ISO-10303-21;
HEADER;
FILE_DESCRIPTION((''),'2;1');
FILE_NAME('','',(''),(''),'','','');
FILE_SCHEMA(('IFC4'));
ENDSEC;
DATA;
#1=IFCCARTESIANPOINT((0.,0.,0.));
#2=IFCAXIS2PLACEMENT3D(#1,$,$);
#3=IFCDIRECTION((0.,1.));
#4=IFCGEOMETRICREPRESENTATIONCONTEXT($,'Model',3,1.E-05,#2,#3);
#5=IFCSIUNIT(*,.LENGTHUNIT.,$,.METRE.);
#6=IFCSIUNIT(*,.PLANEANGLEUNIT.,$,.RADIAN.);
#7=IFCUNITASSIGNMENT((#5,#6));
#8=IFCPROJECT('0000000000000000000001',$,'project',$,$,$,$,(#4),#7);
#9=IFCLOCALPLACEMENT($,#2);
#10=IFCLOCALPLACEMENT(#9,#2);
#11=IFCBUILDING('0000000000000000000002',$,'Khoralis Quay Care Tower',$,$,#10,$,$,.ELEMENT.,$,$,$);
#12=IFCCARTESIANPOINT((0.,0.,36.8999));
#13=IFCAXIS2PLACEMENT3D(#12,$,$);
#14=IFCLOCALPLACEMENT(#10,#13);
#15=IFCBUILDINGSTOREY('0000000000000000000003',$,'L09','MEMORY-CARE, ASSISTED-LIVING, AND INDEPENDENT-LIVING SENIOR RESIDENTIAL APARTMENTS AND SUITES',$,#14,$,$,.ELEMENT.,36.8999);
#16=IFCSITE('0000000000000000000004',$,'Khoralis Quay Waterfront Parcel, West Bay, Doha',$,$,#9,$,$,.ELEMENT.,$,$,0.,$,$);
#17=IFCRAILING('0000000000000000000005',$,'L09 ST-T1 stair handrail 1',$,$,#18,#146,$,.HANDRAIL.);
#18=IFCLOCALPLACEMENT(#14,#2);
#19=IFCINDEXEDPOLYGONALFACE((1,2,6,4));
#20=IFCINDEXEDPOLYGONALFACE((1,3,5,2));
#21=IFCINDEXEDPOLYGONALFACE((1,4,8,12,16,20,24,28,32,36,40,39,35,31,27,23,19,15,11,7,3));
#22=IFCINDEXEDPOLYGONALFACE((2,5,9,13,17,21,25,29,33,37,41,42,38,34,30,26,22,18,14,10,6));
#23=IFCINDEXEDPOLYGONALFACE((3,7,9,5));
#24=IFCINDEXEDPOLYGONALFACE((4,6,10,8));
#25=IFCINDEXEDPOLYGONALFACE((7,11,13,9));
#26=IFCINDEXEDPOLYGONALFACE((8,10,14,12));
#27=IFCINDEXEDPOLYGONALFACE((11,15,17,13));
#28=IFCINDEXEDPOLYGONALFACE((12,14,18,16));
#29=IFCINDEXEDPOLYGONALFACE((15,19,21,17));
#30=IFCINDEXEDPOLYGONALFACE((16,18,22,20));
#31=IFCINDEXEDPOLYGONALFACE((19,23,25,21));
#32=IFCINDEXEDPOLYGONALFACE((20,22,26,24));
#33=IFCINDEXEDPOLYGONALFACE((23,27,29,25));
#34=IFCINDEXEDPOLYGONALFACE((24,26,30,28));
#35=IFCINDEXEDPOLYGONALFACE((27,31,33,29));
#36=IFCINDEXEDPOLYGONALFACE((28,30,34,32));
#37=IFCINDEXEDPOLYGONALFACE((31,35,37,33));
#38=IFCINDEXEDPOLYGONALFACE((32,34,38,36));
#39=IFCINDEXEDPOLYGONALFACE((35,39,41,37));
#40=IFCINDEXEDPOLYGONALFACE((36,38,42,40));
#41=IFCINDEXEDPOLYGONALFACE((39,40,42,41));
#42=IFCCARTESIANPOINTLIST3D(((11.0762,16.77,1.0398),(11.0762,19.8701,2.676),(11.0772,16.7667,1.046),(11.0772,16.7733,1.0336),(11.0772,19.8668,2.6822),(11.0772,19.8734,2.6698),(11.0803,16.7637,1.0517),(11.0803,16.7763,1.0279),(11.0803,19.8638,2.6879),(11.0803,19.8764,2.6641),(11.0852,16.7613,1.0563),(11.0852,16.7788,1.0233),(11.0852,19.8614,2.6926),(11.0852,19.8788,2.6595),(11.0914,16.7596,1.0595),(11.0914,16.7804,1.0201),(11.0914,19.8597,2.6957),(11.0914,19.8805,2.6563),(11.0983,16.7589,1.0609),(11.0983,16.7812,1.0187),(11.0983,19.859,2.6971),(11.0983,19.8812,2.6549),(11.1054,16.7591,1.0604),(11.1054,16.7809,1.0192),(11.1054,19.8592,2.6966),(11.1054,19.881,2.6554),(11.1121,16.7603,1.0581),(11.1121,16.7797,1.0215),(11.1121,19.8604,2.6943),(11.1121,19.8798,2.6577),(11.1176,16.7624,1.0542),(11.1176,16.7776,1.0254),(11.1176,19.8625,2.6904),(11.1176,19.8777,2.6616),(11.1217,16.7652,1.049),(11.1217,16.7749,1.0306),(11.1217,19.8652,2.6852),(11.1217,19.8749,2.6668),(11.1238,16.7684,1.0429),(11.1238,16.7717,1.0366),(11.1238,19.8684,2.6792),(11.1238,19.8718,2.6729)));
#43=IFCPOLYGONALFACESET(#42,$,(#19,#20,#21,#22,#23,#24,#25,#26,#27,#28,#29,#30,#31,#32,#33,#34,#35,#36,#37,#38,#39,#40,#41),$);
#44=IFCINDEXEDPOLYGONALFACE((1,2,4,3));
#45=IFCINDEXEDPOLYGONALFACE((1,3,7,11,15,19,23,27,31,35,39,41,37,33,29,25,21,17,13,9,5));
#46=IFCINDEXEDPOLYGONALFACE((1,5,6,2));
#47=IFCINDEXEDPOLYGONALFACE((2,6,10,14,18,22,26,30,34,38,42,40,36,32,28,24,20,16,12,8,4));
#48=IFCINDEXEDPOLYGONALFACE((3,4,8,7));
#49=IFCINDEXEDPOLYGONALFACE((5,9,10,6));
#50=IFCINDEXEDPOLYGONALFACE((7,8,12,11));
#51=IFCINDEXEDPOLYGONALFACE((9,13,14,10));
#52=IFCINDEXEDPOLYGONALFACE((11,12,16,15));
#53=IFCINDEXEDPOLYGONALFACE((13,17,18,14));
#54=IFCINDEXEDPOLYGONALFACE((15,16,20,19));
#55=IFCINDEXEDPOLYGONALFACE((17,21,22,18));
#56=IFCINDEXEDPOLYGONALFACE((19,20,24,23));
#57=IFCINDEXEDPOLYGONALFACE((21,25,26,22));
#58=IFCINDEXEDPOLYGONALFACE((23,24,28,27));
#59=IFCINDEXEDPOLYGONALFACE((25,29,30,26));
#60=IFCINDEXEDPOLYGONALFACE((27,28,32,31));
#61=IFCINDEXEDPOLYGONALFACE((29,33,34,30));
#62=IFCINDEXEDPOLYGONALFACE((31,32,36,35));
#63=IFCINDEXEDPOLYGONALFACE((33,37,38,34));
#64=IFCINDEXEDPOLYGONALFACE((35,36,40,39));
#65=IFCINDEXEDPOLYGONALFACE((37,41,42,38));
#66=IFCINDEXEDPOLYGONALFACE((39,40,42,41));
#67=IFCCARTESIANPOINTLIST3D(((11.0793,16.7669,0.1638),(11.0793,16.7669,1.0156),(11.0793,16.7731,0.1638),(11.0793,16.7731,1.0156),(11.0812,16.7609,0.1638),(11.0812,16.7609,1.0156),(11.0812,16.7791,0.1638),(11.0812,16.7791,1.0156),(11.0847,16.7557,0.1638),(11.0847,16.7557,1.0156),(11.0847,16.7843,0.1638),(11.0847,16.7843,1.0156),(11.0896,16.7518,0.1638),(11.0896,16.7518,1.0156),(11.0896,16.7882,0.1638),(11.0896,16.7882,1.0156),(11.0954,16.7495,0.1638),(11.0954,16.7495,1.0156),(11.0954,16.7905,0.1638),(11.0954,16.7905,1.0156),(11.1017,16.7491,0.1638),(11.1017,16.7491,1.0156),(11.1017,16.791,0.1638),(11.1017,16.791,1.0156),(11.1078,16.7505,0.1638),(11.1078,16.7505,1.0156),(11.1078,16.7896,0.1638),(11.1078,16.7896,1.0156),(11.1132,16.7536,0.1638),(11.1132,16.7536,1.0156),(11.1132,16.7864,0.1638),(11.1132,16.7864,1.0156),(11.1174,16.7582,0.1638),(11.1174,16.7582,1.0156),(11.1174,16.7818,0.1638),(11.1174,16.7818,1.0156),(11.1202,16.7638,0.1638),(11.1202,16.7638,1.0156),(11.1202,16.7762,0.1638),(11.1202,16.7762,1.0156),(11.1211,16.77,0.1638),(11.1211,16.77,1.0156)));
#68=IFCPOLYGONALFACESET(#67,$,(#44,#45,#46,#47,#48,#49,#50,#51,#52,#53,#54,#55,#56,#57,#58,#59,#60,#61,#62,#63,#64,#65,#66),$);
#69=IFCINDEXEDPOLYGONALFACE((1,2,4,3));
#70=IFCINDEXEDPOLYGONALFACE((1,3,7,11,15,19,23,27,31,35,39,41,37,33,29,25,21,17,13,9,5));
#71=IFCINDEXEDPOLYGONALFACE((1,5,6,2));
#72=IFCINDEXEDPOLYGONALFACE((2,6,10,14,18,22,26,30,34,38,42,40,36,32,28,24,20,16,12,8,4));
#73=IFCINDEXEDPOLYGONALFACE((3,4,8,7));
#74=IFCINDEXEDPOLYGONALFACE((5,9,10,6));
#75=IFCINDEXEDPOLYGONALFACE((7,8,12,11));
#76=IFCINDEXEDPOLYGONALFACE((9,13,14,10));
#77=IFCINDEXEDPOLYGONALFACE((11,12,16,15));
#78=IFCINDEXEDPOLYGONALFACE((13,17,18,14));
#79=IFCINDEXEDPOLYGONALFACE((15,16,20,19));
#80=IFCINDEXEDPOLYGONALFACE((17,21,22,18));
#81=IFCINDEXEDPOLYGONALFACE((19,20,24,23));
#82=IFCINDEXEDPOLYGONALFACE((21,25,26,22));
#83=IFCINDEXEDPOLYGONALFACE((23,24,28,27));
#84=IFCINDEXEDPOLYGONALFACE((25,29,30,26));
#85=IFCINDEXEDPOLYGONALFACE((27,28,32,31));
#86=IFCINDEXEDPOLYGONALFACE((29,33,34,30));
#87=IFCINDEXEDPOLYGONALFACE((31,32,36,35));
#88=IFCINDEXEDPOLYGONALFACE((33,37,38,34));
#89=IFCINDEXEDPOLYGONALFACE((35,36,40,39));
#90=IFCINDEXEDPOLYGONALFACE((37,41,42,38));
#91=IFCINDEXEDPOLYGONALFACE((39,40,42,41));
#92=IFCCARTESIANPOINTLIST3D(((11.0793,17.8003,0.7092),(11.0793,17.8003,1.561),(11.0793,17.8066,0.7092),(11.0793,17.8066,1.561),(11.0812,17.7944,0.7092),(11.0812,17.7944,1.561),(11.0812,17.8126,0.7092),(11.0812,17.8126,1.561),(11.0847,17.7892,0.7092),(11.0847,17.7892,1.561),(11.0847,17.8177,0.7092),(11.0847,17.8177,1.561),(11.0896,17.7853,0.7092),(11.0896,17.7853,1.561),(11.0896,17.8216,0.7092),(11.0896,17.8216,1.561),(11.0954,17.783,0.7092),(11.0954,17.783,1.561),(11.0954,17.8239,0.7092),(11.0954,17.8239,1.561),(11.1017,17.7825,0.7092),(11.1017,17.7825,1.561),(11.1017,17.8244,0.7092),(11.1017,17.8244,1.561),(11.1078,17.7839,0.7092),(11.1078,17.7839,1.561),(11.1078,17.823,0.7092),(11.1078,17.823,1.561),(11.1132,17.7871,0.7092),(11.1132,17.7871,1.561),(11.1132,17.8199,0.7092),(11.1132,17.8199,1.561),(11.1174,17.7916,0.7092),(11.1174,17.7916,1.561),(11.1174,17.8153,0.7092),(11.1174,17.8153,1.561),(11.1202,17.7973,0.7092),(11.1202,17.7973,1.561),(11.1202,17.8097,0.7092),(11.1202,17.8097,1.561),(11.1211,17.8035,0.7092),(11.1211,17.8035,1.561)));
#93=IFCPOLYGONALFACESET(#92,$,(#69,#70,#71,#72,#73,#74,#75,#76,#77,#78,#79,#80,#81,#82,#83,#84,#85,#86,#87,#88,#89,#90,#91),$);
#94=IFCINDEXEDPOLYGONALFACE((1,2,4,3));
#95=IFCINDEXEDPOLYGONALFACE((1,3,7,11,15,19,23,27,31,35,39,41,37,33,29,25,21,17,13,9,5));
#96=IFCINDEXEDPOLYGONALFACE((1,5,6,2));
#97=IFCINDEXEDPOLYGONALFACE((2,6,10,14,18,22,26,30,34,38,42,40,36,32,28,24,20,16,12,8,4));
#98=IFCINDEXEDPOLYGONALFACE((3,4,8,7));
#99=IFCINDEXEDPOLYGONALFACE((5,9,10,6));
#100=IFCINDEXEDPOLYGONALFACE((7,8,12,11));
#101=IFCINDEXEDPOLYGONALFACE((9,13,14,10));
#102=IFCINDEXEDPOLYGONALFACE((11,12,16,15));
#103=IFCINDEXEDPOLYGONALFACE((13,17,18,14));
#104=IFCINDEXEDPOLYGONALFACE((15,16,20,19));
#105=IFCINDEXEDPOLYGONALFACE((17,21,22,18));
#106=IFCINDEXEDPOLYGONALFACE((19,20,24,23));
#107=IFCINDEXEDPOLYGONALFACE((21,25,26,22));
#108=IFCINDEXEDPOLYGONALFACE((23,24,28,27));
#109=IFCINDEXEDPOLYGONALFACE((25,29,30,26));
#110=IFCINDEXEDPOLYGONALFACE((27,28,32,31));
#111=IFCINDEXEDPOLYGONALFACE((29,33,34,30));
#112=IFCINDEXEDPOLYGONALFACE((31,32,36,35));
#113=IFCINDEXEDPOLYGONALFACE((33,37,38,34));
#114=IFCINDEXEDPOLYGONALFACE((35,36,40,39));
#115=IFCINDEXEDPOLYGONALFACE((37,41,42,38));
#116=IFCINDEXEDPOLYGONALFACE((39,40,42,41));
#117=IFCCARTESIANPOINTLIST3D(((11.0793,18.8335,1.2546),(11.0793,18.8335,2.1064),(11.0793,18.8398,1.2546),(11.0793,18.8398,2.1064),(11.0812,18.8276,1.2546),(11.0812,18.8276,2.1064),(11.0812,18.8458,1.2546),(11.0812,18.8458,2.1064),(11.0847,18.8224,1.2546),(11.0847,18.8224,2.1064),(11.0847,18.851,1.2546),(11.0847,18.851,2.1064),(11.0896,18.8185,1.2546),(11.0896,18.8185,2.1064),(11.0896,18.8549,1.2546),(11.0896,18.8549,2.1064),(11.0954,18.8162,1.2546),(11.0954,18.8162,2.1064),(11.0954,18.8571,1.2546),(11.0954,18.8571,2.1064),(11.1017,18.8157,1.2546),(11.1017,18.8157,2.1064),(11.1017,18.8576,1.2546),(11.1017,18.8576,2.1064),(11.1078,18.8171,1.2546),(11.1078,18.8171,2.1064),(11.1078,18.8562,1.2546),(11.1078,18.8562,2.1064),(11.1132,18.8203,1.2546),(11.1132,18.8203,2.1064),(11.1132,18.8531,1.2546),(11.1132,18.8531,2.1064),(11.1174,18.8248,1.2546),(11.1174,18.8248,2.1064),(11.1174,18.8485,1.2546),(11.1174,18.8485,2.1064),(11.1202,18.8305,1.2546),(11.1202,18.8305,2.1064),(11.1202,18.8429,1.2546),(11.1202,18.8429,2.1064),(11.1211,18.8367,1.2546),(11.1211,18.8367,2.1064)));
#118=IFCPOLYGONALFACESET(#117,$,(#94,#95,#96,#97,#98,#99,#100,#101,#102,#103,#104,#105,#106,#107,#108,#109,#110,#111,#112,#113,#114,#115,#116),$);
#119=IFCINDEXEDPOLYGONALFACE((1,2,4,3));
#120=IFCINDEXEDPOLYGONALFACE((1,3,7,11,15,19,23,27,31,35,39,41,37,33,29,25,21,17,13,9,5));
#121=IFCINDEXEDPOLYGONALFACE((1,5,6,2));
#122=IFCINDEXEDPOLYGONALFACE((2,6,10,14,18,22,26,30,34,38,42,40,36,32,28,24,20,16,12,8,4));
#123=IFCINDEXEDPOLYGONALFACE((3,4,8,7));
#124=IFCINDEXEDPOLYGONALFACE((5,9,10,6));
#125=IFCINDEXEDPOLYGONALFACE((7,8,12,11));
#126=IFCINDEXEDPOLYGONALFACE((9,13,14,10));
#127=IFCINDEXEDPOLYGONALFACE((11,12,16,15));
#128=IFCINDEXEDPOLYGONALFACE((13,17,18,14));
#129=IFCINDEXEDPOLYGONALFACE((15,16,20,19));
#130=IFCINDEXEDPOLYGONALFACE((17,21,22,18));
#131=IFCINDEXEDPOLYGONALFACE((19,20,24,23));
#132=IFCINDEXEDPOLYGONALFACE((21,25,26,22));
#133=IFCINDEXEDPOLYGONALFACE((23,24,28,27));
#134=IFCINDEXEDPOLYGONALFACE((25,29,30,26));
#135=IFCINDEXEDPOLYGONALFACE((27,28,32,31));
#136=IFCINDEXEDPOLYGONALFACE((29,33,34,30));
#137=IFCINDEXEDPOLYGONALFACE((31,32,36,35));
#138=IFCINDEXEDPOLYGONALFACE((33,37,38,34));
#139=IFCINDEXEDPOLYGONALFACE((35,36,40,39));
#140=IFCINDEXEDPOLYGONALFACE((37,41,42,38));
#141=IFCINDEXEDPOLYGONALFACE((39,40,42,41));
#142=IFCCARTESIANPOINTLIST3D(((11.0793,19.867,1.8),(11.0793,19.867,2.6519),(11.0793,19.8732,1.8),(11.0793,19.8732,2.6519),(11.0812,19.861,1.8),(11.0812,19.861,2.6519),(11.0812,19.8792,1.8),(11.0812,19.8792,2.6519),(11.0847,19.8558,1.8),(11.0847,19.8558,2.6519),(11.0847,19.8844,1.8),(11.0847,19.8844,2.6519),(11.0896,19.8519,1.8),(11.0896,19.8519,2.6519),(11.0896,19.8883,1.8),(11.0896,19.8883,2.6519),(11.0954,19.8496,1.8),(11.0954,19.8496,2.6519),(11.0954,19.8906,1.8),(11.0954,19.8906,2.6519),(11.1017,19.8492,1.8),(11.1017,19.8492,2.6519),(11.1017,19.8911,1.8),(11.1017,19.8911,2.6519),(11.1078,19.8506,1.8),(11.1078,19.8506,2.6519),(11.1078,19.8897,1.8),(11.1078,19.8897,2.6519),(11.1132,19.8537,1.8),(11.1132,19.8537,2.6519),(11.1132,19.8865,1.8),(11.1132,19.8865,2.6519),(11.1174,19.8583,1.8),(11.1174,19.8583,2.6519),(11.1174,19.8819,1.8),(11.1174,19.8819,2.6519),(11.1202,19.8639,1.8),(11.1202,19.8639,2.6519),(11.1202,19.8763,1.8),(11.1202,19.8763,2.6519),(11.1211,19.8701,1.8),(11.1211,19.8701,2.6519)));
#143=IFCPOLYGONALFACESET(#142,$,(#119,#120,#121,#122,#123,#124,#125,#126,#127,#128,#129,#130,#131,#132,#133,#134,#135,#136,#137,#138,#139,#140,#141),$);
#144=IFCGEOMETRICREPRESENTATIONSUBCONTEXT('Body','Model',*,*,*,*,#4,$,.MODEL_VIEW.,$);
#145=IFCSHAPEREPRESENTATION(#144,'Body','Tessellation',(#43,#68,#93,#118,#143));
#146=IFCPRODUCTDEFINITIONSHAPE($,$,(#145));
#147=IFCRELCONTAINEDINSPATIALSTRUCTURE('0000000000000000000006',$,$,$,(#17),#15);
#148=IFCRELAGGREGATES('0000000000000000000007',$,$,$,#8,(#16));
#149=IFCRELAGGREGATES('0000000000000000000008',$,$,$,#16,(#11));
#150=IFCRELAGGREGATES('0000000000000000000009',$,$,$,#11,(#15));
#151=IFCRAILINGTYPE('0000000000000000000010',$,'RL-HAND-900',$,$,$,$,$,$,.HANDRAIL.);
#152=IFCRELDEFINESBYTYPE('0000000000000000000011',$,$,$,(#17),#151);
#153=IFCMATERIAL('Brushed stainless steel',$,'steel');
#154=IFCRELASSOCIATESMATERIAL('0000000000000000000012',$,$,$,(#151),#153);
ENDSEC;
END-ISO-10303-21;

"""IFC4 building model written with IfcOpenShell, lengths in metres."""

from ifc_helpers import new_model, si_unit, direction, frame, origin, origin_2d, place, context, subcontext, project, spatial, circle, extrude, material, type_object, element, save


model = new_model("IFC4")

# Units and contexts
model_context = context("Model", 3, precision=1e-05, world=origin(), true_north=direction((0.0, 1.0)))
body_context = subcontext(model_context, "Body", "Model", "MODEL_VIEW")
ifc_project = project(units=[si_unit("LENGTHUNIT", "METRE"), si_unit("PLANEANGLEUNIT", "RADIAN")], contexts=[model_context])

# Site, building, storey
site_placement = place(None, origin())
site = spatial("IfcSite", under=ifc_project, at=site_placement, Name="Khoralis Quay Waterfront Parcel, West Bay, Doha", CompositionType="ELEMENT", RefElevation=0.0)
building_placement = place(site_placement, origin())
building = spatial("IfcBuilding", under=site, at=building_placement, Name="Khoralis Quay Care Tower", CompositionType="ELEMENT")
storey_placement = place(building_placement, frame((0.0, 0.0, 36.8999)))
storey = spatial("IfcBuildingStorey", under=building, at=storey_placement, Name="L09", Description="MEMORY-CARE, ASSISTED-LIVING, AND INDEPENDENT-LIVING SENIOR RESIDENTIAL APARTMENTS AND SUITES", CompositionType="ELEMENT", Elevation=36.8999)

# Shared definitions
ifc_material_1 = material(Name="Brushed stainless steel", Category="steel")

# Railing
railing_type_1 = type_object("IfcRailingType", Name="RL-HAND-900", PredefinedType="HANDRAIL", material=ifc_material_1)
railing_1_placement = place(storey_placement, frame((11.1001, 16.77, 0.1638)))
element("IfcRailing", 1, at=railing_1_placement, inside=storey, type_object=railing_type_1, Name="L09 ST-T1 stair handrail 1", PredefinedType="HANDRAIL", context=body_context, shape_type="SweptSolid", body=[
    extrude(circle(Radius=0.0239, at=origin_2d()), frame((0.0, 0.0, 0.876), z_axis=(0.0, 0.884377, 0.466774), x_axis=(-1.0, 0.0, 0.0)), (0.0, 0.0, 1.0), 3.5054),
    extrude(circle(Radius=0.021, at=origin_2d()), origin(), (0.0, 0.0, 1.0), 0.8518),
    extrude(circle(Radius=0.021, at=origin_2d()), frame((0.0, 1.0334, 0.5454)), (0.0, 0.0, 1.0), 0.8518),
    extrude(circle(Radius=0.021, at=origin_2d()), frame((0.0, 2.0667, 1.0908)), (0.0, 0.0, 1.0), 0.8518),
    extrude(circle(Radius=0.021, at=origin_2d()), frame((0.0, 3.1001, 1.6362)), (0.0, 0.0, 1.0), 0.8518),
])

save(model, "model.ifc")
